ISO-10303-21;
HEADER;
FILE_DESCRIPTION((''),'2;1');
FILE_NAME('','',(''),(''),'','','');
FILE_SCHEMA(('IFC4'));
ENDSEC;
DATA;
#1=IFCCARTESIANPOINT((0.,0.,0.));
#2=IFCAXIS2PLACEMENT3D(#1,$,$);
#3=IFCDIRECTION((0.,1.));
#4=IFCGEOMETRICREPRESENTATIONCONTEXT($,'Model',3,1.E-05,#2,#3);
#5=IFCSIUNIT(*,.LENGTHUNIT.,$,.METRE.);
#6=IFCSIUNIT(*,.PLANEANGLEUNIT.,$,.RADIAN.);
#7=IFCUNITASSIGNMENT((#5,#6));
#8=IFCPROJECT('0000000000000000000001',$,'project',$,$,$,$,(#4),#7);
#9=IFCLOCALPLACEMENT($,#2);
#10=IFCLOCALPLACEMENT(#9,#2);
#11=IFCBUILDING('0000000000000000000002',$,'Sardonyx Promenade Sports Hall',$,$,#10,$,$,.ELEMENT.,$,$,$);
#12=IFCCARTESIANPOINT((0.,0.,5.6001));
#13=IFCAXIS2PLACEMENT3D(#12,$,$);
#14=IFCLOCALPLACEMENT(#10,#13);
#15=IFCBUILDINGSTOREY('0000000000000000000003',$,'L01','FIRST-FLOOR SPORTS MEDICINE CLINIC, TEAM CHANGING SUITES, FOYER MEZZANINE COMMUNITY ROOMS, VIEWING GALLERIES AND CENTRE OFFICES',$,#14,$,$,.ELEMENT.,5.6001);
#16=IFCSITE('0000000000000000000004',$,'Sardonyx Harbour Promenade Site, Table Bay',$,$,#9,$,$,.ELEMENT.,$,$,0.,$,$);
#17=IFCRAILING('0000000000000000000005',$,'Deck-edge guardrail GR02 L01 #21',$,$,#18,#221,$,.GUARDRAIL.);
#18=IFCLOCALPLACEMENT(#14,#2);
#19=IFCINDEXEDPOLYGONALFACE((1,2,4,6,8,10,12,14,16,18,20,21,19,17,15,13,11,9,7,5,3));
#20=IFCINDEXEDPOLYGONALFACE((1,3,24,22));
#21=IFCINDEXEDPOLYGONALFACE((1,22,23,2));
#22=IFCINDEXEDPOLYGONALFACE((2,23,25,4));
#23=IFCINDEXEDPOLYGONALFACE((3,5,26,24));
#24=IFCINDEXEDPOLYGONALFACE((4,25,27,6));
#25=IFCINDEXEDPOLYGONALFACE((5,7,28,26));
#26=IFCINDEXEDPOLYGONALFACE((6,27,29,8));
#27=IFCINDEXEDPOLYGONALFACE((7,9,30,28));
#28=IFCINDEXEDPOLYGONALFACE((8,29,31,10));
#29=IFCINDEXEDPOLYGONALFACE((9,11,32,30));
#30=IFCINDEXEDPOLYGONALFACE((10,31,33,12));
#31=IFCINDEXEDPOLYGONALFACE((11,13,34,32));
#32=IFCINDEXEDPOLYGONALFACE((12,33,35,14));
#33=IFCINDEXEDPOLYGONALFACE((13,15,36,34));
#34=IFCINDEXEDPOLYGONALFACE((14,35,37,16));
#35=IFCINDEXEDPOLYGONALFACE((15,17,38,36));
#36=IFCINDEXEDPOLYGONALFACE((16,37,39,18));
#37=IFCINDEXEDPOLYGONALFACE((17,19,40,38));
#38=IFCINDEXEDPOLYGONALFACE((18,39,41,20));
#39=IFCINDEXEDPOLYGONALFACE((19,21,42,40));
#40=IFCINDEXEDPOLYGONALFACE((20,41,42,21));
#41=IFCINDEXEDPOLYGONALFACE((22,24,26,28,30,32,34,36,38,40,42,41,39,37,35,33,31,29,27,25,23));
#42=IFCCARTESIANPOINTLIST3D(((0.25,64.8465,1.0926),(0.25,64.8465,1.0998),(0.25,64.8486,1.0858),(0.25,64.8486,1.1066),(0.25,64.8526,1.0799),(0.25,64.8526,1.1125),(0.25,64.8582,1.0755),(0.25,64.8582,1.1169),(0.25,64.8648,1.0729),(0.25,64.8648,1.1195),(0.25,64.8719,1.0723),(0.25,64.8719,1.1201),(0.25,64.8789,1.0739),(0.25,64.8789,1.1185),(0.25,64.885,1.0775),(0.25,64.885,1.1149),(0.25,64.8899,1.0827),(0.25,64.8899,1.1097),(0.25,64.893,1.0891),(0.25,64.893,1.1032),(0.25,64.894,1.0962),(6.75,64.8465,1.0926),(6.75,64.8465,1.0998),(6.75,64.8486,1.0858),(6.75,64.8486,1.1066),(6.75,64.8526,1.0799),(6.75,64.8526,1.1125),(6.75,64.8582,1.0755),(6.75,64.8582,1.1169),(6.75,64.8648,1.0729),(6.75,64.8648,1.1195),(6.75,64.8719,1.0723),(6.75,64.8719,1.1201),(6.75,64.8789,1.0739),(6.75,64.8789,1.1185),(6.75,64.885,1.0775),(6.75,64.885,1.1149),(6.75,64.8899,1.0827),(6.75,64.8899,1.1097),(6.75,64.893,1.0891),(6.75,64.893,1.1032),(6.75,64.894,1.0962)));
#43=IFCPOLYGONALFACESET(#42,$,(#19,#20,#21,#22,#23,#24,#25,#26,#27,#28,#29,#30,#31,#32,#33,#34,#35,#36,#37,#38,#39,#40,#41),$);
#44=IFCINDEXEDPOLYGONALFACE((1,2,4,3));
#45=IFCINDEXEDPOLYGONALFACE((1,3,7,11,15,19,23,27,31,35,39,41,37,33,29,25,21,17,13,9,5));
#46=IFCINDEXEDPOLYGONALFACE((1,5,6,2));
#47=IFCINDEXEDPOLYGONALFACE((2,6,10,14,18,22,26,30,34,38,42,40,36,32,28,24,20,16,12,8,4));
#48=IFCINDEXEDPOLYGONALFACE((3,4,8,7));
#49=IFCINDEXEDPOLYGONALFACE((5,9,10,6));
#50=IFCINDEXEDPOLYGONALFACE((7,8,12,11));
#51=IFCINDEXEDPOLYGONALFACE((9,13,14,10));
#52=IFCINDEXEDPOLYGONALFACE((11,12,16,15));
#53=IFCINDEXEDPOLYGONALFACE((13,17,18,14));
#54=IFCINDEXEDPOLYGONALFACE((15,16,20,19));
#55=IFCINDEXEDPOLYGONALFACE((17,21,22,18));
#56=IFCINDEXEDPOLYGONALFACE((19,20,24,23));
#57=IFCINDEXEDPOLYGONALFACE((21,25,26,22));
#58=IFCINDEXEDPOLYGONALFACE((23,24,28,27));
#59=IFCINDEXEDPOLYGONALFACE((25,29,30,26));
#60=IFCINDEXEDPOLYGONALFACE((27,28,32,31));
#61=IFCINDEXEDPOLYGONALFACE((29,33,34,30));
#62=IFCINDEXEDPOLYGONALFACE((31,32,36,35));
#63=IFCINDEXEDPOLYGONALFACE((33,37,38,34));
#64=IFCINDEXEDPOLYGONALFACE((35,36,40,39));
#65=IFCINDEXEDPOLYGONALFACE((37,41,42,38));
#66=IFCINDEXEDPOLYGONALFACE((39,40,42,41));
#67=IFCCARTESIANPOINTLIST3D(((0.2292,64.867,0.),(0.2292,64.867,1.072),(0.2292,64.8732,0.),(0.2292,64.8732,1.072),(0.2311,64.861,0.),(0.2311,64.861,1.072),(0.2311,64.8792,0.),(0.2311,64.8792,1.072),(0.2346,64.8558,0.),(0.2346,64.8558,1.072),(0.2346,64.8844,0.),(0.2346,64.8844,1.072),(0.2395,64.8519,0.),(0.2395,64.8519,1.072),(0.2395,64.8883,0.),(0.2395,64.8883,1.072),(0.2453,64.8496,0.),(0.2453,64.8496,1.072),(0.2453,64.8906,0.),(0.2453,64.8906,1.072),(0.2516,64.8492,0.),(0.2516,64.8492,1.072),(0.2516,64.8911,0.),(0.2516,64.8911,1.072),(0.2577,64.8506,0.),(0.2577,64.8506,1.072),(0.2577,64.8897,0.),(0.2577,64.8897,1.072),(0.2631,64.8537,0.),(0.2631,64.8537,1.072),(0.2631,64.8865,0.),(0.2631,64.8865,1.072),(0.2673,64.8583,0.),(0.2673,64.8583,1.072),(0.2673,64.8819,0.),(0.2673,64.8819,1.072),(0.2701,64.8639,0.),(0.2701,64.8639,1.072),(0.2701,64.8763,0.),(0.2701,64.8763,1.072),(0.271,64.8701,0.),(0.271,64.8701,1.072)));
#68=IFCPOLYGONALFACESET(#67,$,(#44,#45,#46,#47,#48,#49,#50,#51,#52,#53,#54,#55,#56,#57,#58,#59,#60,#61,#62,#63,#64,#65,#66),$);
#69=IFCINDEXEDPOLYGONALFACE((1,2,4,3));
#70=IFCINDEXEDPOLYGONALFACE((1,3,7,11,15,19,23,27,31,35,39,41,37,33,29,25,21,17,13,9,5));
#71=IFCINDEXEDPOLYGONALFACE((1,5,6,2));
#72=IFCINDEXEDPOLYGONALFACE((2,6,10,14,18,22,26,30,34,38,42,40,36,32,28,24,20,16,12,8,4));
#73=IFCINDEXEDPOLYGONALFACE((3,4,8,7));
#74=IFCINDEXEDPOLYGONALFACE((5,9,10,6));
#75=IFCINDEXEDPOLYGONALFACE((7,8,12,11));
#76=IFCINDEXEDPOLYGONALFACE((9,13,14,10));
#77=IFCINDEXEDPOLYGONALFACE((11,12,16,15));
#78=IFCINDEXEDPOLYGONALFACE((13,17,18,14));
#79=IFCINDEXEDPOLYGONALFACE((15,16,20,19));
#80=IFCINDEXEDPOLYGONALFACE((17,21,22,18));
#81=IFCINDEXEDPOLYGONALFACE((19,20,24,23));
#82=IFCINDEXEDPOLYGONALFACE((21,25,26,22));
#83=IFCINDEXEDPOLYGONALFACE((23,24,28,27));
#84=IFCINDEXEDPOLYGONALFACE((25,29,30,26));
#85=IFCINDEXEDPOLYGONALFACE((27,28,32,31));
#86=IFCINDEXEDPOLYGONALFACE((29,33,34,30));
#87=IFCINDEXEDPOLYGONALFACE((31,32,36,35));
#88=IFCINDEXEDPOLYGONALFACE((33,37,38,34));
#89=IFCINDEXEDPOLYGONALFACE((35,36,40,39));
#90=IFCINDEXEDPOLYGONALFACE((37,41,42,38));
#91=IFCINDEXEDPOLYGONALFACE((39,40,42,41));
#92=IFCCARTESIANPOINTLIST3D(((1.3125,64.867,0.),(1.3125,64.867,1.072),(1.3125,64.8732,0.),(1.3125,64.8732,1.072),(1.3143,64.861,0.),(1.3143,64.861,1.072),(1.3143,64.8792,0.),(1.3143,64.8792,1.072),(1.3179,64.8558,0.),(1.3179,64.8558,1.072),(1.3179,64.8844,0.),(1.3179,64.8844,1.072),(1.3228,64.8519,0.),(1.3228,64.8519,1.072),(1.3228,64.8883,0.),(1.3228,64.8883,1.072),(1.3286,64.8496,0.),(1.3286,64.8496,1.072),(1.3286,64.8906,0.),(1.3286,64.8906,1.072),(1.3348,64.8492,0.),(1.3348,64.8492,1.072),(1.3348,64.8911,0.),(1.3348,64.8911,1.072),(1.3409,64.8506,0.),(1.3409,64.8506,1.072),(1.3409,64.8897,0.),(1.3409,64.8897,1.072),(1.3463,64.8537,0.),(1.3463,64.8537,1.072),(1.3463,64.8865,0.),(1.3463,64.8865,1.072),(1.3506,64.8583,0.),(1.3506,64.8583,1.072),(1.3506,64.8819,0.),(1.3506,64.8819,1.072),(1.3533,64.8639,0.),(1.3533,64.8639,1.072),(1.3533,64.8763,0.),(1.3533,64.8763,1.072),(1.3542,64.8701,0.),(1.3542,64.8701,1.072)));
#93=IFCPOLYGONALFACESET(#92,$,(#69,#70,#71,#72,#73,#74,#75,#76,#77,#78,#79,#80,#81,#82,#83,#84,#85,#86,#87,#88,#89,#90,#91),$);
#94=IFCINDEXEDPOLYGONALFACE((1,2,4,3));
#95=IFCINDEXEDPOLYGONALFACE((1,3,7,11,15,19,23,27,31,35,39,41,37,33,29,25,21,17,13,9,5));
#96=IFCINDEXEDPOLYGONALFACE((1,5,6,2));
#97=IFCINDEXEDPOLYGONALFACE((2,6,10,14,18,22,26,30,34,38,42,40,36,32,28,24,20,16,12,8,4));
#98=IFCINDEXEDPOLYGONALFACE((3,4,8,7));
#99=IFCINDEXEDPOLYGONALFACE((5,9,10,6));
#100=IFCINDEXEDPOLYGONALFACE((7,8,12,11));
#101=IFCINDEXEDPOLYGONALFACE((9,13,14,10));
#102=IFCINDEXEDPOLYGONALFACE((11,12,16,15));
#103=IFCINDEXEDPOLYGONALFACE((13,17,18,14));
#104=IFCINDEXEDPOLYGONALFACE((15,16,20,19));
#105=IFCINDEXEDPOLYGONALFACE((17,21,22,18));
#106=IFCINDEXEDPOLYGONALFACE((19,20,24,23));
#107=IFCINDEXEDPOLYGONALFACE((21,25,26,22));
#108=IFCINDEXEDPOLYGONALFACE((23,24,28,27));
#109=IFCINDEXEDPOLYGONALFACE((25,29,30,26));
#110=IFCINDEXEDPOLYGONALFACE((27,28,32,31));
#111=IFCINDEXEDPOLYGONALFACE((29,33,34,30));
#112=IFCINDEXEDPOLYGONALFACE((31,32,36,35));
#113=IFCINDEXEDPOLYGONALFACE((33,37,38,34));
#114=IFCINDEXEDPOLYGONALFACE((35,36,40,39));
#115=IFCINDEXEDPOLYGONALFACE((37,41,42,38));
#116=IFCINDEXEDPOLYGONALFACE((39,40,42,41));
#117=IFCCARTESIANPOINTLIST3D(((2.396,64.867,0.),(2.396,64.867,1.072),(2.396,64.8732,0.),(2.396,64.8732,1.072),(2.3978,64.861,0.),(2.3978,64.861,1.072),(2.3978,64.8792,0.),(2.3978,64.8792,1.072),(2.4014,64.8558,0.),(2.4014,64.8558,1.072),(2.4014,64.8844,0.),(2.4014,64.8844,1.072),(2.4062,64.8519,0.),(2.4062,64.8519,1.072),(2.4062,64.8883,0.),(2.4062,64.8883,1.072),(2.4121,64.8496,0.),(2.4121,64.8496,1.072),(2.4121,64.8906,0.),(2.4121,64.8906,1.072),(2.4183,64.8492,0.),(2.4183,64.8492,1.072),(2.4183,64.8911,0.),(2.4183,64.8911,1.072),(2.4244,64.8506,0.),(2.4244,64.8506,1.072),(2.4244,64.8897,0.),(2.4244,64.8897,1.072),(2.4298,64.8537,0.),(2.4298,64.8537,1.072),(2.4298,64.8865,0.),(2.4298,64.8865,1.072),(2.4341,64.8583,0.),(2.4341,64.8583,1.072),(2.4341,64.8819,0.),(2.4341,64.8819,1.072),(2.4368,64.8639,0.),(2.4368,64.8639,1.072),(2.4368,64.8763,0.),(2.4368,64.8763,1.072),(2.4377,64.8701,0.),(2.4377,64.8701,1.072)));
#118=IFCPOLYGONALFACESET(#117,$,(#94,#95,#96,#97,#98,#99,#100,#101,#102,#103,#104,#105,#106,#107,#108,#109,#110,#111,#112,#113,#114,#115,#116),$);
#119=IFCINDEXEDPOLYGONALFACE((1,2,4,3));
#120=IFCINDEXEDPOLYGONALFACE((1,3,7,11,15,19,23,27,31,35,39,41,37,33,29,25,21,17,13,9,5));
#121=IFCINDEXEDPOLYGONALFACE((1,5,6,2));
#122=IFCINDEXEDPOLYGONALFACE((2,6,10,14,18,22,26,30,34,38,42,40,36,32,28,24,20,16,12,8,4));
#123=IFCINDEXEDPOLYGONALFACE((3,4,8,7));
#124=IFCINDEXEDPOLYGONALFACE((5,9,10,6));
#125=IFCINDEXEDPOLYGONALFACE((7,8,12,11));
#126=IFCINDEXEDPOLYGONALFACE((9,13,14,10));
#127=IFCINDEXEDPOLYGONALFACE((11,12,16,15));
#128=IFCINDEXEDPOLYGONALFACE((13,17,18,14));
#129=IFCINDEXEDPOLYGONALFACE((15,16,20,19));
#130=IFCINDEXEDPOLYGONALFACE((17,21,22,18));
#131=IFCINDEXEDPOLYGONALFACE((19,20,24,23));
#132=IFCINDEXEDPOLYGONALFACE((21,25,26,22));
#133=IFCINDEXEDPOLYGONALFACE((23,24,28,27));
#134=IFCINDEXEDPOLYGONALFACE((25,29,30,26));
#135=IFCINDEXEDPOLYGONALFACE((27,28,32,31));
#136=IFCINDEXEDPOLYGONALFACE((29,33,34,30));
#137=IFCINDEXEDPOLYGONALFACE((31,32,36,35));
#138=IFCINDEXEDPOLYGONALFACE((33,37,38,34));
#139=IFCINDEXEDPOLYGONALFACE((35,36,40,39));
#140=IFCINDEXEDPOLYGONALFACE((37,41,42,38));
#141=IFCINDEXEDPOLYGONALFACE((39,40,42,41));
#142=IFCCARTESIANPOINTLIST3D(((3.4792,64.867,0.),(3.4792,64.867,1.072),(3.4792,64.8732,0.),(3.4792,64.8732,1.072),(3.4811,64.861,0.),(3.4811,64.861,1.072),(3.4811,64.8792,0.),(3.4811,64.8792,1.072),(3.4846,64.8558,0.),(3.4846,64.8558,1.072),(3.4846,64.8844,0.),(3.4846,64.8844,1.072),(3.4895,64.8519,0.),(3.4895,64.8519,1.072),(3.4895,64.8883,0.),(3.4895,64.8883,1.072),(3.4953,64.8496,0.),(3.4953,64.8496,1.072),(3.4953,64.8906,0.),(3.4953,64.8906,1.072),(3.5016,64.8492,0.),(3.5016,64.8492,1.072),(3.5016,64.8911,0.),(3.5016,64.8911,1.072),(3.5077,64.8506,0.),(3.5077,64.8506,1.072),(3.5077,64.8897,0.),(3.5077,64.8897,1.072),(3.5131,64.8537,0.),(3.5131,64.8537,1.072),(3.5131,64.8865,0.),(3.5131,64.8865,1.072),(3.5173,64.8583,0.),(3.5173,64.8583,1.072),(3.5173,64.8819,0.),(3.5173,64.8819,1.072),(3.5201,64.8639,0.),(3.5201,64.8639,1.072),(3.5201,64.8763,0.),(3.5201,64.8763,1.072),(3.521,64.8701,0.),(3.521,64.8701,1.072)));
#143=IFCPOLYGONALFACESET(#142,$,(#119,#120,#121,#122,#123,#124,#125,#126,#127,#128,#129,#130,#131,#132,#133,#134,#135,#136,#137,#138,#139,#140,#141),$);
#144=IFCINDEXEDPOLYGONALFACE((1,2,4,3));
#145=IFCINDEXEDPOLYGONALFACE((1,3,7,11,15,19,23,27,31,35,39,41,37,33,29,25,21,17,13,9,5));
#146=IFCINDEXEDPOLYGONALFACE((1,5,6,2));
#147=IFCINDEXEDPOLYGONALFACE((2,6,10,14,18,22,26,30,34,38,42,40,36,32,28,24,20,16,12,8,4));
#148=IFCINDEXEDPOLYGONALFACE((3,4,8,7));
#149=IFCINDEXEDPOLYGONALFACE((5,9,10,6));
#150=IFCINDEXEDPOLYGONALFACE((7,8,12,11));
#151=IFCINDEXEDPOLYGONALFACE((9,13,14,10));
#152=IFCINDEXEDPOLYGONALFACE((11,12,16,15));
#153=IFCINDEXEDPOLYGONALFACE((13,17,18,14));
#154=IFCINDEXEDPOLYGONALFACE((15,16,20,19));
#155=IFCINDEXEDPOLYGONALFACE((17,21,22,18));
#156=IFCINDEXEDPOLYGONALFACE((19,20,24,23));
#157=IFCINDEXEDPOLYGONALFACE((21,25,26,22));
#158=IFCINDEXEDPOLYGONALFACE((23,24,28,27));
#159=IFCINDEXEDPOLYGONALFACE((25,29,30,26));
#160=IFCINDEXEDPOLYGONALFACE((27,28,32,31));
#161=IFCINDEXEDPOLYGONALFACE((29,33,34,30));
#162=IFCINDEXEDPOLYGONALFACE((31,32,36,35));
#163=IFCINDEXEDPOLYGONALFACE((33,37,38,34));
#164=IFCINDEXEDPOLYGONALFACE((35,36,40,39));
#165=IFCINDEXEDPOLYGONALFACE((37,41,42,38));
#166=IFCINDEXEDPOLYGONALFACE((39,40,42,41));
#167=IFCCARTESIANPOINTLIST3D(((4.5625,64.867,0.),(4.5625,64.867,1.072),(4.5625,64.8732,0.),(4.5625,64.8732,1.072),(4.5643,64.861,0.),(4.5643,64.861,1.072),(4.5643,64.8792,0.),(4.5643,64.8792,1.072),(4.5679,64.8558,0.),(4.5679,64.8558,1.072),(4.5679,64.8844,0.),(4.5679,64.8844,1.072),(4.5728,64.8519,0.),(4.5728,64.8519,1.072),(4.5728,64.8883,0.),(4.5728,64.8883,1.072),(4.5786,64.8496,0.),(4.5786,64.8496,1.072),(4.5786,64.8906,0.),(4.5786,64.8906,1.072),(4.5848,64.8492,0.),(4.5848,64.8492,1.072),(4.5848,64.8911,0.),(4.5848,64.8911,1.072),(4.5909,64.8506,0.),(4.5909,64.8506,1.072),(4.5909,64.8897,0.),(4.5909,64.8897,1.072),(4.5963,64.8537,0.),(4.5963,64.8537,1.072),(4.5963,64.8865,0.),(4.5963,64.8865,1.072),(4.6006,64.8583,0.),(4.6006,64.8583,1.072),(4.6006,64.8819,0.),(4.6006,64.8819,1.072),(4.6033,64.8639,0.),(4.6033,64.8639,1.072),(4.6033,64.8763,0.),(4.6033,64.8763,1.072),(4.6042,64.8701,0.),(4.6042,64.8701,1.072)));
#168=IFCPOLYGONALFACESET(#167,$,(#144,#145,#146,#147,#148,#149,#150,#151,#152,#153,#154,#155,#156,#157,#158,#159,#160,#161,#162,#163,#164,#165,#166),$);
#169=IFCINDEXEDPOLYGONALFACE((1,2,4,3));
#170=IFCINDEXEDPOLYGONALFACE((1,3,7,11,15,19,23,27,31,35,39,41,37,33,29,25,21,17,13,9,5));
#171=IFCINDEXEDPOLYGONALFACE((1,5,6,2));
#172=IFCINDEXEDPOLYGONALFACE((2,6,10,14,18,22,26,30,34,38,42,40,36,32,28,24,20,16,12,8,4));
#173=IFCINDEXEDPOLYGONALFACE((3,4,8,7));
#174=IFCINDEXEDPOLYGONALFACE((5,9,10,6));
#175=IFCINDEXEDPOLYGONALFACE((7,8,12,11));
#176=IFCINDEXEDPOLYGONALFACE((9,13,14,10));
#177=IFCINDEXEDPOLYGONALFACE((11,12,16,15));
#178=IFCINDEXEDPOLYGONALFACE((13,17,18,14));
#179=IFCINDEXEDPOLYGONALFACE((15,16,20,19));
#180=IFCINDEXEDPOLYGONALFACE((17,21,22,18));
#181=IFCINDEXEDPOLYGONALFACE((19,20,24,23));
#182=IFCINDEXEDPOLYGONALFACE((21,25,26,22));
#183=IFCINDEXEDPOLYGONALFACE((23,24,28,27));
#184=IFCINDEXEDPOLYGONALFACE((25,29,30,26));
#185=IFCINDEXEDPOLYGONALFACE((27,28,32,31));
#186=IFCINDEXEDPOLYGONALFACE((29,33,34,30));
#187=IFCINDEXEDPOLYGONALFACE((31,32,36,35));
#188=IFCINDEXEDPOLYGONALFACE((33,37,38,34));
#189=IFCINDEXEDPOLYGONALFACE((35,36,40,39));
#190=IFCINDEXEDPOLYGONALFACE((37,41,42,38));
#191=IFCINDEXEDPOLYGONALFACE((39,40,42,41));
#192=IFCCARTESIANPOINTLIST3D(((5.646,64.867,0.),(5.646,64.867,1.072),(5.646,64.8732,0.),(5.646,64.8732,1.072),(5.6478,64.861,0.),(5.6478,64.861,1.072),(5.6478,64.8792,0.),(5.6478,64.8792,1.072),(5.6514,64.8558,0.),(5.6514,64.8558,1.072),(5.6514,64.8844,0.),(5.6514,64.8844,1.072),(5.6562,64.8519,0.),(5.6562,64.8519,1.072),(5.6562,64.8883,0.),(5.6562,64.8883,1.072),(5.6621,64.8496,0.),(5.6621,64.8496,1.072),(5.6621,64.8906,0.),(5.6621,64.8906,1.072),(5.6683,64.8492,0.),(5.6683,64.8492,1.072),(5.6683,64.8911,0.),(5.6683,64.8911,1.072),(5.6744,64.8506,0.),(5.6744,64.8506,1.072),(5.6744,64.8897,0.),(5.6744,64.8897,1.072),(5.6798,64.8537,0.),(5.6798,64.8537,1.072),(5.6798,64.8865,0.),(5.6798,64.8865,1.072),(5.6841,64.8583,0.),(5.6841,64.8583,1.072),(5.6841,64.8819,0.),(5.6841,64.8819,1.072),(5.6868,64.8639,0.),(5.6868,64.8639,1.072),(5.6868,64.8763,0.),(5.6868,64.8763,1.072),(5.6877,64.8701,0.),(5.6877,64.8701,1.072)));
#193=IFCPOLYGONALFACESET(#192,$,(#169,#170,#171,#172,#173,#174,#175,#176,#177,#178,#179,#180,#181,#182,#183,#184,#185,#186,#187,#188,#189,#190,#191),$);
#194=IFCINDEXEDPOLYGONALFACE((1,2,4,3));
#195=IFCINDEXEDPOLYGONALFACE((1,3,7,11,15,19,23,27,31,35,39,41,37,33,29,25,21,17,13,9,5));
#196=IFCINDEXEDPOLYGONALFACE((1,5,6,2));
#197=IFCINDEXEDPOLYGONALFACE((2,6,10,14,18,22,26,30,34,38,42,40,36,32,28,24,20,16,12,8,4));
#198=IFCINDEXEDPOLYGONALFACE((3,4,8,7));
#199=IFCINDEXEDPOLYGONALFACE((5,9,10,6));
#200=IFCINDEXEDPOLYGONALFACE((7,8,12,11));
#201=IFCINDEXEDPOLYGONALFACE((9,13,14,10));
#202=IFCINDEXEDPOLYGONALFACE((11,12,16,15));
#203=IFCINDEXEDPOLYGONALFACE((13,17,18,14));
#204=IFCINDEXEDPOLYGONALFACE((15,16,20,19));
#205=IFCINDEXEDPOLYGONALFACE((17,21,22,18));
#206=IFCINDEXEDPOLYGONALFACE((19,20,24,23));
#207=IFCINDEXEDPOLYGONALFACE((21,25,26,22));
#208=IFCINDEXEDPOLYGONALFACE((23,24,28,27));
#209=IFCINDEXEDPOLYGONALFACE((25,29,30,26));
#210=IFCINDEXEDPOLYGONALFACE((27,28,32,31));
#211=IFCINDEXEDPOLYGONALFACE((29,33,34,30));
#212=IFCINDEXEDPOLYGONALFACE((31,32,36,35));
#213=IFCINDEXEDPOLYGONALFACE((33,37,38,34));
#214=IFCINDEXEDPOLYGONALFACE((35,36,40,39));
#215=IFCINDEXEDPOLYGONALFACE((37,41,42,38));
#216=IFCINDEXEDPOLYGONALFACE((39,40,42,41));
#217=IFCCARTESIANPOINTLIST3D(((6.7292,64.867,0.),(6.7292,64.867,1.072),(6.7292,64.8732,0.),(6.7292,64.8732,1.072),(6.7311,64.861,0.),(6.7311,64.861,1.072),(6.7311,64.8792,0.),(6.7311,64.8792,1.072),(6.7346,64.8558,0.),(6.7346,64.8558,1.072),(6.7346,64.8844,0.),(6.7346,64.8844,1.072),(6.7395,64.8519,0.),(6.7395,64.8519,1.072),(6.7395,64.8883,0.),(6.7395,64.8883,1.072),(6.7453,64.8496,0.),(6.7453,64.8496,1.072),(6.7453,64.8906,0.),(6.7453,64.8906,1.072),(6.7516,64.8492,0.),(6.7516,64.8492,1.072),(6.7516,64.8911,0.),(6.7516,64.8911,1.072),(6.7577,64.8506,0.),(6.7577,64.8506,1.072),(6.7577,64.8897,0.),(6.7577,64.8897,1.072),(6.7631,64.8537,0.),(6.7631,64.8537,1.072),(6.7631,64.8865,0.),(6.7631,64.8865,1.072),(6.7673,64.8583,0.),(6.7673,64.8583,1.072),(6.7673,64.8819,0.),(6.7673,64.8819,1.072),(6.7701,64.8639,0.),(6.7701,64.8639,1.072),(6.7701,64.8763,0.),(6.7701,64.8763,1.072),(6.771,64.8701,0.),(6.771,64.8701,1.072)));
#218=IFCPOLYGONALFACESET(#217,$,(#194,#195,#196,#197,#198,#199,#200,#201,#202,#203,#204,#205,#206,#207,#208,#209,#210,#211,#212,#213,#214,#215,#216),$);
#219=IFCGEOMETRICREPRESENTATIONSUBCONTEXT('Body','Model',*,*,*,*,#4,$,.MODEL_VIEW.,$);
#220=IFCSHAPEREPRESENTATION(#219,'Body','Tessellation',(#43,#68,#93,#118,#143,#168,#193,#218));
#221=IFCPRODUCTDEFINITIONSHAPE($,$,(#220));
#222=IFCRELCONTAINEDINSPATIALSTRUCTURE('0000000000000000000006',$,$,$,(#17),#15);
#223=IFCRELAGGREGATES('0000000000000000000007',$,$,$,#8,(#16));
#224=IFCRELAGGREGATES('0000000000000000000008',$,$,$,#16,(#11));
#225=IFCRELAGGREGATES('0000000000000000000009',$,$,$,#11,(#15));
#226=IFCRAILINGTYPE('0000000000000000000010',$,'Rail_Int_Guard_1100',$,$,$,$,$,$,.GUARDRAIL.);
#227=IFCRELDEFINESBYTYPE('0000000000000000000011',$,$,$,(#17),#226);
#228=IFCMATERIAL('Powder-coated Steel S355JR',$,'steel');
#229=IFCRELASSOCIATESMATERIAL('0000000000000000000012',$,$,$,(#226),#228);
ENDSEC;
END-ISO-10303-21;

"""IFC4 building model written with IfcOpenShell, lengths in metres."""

from ifc_helpers import new_model, si_unit, direction, frame, origin, origin_2d, place, context, subcontext, project, spatial, circle, extrude, material, type_object, element, save


model = new_model("IFC4")

# Units and contexts
model_context = context("Model", 3, precision=1e-05, world=origin(), true_north=direction((0.0, 1.0)))
body_context = subcontext(model_context, "Body", "Model", "MODEL_VIEW")
ifc_project = project(units=[si_unit("LENGTHUNIT", "METRE"), si_unit("PLANEANGLEUNIT", "RADIAN")], contexts=[model_context])

# Site, building, storey
site_placement = place(None, origin())
site = spatial("IfcSite", under=ifc_project, at=site_placement, Name="Sardonyx Harbour Promenade Site, Table Bay", CompositionType="ELEMENT", RefElevation=0.0)
building_placement = place(site_placement, origin())
building = spatial("IfcBuilding", under=site, at=building_placement, Name="Sardonyx Promenade Sports Hall", CompositionType="ELEMENT")
storey_placement = place(building_placement, frame((0.0, 0.0, 5.6001)))
storey = spatial("IfcBuildingStorey", under=building, at=storey_placement, Name="L01", Description="FIRST-FLOOR SPORTS MEDICINE CLINIC, TEAM CHANGING SUITES, FOYER MEZZANINE COMMUNITY ROOMS, VIEWING GALLERIES AND CENTRE OFFICES", CompositionType="ELEMENT", Elevation=5.6001)

# Railing
ifc_material_1 = material(Name="Powder-coated Steel S355JR", Category="steel")
railing_type = type_object("IfcRailingType", Name="Rail_Int_Guard_1100", PredefinedType="GUARDRAIL", material=ifc_material_1)
railing_1_placement = place(storey_placement, frame((0.25, 64.8701, 0.0)))
element("IfcRailing", 1, at=railing_1_placement, inside=storey, type_object=railing_type, Name="Deck-edge guardrail GR02 L01 #21", PredefinedType="GUARDRAIL", context=body_context, shape_type="SweptSolid", body=[
    extrude(circle(Radius=0.0239, at=origin_2d()), frame((0.0, 0.0, 1.0962), z_axis=(1.0, 0.0, 0.0), x_axis=(0.0, 1.0, 0.0)), (0.0, 0.0, 1.0), 6.5),
    extrude(circle(Radius=0.021, at=origin_2d()), origin(), (0.0, 0.0, 1.0), 1.072),
    extrude(circle(Radius=0.021, at=origin_2d()), frame((1.0833, 0.0, 0.0)), (0.0, 0.0, 1.0), 1.072),
    extrude(circle(Radius=0.021, at=origin_2d()), frame((2.1667, 0.0, 0.0)), (0.0, 0.0, 1.0), 1.072),
    extrude(circle(Radius=0.021, at=origin_2d()), frame((3.25, 0.0, 0.0)), (0.0, 0.0, 1.0), 1.072),
    extrude(circle(Radius=0.021, at=origin_2d()), frame((4.3333, 0.0, 0.0)), (0.0, 0.0, 1.0), 1.072),
    extrude(circle(Radius=0.021, at=origin_2d()), frame((5.4167, 0.0, 0.0)), (0.0, 0.0, 1.0), 1.072),
    extrude(circle(Radius=0.021, at=origin_2d()), frame((6.5, 0.0, 0.0)), (0.0, 0.0, 1.0), 1.072),
])

save(model, "model.ifc")
